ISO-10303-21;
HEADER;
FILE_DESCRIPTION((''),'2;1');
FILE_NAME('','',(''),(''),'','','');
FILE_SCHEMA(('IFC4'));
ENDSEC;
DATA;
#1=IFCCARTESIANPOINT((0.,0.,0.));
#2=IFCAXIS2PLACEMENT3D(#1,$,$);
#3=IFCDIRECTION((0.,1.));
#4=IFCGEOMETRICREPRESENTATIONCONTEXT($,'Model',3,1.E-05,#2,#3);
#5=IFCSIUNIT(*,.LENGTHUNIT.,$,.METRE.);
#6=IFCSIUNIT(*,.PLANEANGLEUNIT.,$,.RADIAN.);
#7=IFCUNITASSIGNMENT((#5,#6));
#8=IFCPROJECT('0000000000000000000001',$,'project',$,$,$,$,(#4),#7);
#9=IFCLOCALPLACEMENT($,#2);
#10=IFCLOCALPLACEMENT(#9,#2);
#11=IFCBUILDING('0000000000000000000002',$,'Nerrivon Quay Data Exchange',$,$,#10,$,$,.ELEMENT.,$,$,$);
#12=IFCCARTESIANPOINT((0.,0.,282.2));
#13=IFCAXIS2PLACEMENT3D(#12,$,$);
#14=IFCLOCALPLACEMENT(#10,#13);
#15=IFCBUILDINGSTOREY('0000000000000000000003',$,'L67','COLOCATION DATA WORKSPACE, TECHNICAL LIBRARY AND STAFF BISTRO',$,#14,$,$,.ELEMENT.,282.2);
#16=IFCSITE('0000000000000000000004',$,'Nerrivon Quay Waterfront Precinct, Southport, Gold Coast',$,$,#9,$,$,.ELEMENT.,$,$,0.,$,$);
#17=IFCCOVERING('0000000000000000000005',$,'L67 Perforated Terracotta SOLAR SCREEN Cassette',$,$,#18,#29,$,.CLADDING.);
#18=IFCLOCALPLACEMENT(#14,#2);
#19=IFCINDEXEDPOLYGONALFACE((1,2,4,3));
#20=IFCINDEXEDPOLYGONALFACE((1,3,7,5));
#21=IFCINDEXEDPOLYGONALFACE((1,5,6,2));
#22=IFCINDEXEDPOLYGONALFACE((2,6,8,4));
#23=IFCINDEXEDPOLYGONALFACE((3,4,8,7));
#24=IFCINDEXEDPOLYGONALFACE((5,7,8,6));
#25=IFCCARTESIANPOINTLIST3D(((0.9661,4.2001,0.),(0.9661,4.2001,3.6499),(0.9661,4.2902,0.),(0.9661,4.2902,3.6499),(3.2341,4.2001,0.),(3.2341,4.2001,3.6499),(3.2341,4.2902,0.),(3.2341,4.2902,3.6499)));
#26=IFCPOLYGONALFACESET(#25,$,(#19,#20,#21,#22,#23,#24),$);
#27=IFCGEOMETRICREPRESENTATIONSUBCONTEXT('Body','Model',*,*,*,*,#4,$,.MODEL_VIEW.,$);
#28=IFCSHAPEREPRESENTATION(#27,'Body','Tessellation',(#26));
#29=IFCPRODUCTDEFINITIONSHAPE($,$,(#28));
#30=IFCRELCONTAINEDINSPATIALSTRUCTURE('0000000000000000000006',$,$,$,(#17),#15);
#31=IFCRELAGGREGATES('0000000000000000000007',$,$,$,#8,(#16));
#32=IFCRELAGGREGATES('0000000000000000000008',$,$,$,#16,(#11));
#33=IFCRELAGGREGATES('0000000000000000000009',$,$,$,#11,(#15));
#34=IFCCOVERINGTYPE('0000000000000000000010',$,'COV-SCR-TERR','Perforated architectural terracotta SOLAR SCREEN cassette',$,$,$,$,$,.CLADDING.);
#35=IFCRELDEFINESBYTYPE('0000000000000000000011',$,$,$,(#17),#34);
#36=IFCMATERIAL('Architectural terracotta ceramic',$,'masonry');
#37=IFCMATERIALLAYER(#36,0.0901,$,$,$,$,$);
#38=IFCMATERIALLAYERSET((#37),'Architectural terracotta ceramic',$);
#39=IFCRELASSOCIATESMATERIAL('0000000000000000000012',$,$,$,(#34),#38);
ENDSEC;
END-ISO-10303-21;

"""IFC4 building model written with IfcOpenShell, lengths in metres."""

from ifc_helpers import new_model, si_unit, direction, frame, origin, origin_2d, place, context, subcontext, project, spatial, rectangle, extrude, material, layer, layer_set, type_object, element, save


model = new_model("IFC4")

# Units and contexts
model_context = context("Model", 3, precision=1e-05, world=origin(), true_north=direction((0.0, 1.0)))
body_context = subcontext(model_context, "Body", "Model", "MODEL_VIEW")
ifc_project = project(units=[si_unit("LENGTHUNIT", "METRE"), si_unit("PLANEANGLEUNIT", "RADIAN")], contexts=[model_context])

# Site, building, storey
site_placement = place(None, origin())
site = spatial("IfcSite", under=ifc_project, at=site_placement, Name="Nerrivon Quay Waterfront Precinct, Southport, Gold Coast", CompositionType="ELEMENT", RefElevation=0.0)
building_placement = place(site_placement, origin())
building = spatial("IfcBuilding", under=site, at=building_placement, Name="Nerrivon Quay Data Exchange", CompositionType="ELEMENT")
storey_placement = place(building_placement, frame((0.0, 0.0, 282.2)))
storey = spatial("IfcBuildingStorey", under=building, at=storey_placement, Name="L67", Description="COLOCATION DATA WORKSPACE, TECHNICAL LIBRARY AND STAFF BISTRO", CompositionType="ELEMENT", Elevation=282.2)

# Covering
ifc_material_1 = material(Name="Architectural terracotta ceramic", Category="masonry")
ifc_layer_1 = layer(ifc_material_1, 0.0901)
ifc_layer_set_1 = layer_set([ifc_layer_1], Name="Architectural terracotta ceramic")
covering_type = type_object("IfcCoveringType", Name="COV-SCR-TERR", Description="Perforated architectural terracotta SOLAR SCREEN cassette", PredefinedType="CLADDING", material=ifc_layer_set_1)
for number, where, z_axis, x_axis, name in (
    (1, (2.1001, 4.2451, 0.0), (0.0, 0.0, 1.0), (-1.0, 0.0, 0.0), "L67 Perforated Terracotta SOLAR SCREEN Cassette"),
):
    element("IfcCovering", number, at=place(storey_placement, frame(where, z_axis=z_axis, x_axis=x_axis)), inside=storey, type_object=covering_type, Name=name, PredefinedType="CLADDING", context=body_context, shape_type="SweptSolid", body=[
        extrude(rectangle(XDim=2.2681, YDim=0.0901, at=origin_2d()), origin(), (0.0, 0.0, 1.0), 3.6499),
    ])

save(model, "model.ifc")
